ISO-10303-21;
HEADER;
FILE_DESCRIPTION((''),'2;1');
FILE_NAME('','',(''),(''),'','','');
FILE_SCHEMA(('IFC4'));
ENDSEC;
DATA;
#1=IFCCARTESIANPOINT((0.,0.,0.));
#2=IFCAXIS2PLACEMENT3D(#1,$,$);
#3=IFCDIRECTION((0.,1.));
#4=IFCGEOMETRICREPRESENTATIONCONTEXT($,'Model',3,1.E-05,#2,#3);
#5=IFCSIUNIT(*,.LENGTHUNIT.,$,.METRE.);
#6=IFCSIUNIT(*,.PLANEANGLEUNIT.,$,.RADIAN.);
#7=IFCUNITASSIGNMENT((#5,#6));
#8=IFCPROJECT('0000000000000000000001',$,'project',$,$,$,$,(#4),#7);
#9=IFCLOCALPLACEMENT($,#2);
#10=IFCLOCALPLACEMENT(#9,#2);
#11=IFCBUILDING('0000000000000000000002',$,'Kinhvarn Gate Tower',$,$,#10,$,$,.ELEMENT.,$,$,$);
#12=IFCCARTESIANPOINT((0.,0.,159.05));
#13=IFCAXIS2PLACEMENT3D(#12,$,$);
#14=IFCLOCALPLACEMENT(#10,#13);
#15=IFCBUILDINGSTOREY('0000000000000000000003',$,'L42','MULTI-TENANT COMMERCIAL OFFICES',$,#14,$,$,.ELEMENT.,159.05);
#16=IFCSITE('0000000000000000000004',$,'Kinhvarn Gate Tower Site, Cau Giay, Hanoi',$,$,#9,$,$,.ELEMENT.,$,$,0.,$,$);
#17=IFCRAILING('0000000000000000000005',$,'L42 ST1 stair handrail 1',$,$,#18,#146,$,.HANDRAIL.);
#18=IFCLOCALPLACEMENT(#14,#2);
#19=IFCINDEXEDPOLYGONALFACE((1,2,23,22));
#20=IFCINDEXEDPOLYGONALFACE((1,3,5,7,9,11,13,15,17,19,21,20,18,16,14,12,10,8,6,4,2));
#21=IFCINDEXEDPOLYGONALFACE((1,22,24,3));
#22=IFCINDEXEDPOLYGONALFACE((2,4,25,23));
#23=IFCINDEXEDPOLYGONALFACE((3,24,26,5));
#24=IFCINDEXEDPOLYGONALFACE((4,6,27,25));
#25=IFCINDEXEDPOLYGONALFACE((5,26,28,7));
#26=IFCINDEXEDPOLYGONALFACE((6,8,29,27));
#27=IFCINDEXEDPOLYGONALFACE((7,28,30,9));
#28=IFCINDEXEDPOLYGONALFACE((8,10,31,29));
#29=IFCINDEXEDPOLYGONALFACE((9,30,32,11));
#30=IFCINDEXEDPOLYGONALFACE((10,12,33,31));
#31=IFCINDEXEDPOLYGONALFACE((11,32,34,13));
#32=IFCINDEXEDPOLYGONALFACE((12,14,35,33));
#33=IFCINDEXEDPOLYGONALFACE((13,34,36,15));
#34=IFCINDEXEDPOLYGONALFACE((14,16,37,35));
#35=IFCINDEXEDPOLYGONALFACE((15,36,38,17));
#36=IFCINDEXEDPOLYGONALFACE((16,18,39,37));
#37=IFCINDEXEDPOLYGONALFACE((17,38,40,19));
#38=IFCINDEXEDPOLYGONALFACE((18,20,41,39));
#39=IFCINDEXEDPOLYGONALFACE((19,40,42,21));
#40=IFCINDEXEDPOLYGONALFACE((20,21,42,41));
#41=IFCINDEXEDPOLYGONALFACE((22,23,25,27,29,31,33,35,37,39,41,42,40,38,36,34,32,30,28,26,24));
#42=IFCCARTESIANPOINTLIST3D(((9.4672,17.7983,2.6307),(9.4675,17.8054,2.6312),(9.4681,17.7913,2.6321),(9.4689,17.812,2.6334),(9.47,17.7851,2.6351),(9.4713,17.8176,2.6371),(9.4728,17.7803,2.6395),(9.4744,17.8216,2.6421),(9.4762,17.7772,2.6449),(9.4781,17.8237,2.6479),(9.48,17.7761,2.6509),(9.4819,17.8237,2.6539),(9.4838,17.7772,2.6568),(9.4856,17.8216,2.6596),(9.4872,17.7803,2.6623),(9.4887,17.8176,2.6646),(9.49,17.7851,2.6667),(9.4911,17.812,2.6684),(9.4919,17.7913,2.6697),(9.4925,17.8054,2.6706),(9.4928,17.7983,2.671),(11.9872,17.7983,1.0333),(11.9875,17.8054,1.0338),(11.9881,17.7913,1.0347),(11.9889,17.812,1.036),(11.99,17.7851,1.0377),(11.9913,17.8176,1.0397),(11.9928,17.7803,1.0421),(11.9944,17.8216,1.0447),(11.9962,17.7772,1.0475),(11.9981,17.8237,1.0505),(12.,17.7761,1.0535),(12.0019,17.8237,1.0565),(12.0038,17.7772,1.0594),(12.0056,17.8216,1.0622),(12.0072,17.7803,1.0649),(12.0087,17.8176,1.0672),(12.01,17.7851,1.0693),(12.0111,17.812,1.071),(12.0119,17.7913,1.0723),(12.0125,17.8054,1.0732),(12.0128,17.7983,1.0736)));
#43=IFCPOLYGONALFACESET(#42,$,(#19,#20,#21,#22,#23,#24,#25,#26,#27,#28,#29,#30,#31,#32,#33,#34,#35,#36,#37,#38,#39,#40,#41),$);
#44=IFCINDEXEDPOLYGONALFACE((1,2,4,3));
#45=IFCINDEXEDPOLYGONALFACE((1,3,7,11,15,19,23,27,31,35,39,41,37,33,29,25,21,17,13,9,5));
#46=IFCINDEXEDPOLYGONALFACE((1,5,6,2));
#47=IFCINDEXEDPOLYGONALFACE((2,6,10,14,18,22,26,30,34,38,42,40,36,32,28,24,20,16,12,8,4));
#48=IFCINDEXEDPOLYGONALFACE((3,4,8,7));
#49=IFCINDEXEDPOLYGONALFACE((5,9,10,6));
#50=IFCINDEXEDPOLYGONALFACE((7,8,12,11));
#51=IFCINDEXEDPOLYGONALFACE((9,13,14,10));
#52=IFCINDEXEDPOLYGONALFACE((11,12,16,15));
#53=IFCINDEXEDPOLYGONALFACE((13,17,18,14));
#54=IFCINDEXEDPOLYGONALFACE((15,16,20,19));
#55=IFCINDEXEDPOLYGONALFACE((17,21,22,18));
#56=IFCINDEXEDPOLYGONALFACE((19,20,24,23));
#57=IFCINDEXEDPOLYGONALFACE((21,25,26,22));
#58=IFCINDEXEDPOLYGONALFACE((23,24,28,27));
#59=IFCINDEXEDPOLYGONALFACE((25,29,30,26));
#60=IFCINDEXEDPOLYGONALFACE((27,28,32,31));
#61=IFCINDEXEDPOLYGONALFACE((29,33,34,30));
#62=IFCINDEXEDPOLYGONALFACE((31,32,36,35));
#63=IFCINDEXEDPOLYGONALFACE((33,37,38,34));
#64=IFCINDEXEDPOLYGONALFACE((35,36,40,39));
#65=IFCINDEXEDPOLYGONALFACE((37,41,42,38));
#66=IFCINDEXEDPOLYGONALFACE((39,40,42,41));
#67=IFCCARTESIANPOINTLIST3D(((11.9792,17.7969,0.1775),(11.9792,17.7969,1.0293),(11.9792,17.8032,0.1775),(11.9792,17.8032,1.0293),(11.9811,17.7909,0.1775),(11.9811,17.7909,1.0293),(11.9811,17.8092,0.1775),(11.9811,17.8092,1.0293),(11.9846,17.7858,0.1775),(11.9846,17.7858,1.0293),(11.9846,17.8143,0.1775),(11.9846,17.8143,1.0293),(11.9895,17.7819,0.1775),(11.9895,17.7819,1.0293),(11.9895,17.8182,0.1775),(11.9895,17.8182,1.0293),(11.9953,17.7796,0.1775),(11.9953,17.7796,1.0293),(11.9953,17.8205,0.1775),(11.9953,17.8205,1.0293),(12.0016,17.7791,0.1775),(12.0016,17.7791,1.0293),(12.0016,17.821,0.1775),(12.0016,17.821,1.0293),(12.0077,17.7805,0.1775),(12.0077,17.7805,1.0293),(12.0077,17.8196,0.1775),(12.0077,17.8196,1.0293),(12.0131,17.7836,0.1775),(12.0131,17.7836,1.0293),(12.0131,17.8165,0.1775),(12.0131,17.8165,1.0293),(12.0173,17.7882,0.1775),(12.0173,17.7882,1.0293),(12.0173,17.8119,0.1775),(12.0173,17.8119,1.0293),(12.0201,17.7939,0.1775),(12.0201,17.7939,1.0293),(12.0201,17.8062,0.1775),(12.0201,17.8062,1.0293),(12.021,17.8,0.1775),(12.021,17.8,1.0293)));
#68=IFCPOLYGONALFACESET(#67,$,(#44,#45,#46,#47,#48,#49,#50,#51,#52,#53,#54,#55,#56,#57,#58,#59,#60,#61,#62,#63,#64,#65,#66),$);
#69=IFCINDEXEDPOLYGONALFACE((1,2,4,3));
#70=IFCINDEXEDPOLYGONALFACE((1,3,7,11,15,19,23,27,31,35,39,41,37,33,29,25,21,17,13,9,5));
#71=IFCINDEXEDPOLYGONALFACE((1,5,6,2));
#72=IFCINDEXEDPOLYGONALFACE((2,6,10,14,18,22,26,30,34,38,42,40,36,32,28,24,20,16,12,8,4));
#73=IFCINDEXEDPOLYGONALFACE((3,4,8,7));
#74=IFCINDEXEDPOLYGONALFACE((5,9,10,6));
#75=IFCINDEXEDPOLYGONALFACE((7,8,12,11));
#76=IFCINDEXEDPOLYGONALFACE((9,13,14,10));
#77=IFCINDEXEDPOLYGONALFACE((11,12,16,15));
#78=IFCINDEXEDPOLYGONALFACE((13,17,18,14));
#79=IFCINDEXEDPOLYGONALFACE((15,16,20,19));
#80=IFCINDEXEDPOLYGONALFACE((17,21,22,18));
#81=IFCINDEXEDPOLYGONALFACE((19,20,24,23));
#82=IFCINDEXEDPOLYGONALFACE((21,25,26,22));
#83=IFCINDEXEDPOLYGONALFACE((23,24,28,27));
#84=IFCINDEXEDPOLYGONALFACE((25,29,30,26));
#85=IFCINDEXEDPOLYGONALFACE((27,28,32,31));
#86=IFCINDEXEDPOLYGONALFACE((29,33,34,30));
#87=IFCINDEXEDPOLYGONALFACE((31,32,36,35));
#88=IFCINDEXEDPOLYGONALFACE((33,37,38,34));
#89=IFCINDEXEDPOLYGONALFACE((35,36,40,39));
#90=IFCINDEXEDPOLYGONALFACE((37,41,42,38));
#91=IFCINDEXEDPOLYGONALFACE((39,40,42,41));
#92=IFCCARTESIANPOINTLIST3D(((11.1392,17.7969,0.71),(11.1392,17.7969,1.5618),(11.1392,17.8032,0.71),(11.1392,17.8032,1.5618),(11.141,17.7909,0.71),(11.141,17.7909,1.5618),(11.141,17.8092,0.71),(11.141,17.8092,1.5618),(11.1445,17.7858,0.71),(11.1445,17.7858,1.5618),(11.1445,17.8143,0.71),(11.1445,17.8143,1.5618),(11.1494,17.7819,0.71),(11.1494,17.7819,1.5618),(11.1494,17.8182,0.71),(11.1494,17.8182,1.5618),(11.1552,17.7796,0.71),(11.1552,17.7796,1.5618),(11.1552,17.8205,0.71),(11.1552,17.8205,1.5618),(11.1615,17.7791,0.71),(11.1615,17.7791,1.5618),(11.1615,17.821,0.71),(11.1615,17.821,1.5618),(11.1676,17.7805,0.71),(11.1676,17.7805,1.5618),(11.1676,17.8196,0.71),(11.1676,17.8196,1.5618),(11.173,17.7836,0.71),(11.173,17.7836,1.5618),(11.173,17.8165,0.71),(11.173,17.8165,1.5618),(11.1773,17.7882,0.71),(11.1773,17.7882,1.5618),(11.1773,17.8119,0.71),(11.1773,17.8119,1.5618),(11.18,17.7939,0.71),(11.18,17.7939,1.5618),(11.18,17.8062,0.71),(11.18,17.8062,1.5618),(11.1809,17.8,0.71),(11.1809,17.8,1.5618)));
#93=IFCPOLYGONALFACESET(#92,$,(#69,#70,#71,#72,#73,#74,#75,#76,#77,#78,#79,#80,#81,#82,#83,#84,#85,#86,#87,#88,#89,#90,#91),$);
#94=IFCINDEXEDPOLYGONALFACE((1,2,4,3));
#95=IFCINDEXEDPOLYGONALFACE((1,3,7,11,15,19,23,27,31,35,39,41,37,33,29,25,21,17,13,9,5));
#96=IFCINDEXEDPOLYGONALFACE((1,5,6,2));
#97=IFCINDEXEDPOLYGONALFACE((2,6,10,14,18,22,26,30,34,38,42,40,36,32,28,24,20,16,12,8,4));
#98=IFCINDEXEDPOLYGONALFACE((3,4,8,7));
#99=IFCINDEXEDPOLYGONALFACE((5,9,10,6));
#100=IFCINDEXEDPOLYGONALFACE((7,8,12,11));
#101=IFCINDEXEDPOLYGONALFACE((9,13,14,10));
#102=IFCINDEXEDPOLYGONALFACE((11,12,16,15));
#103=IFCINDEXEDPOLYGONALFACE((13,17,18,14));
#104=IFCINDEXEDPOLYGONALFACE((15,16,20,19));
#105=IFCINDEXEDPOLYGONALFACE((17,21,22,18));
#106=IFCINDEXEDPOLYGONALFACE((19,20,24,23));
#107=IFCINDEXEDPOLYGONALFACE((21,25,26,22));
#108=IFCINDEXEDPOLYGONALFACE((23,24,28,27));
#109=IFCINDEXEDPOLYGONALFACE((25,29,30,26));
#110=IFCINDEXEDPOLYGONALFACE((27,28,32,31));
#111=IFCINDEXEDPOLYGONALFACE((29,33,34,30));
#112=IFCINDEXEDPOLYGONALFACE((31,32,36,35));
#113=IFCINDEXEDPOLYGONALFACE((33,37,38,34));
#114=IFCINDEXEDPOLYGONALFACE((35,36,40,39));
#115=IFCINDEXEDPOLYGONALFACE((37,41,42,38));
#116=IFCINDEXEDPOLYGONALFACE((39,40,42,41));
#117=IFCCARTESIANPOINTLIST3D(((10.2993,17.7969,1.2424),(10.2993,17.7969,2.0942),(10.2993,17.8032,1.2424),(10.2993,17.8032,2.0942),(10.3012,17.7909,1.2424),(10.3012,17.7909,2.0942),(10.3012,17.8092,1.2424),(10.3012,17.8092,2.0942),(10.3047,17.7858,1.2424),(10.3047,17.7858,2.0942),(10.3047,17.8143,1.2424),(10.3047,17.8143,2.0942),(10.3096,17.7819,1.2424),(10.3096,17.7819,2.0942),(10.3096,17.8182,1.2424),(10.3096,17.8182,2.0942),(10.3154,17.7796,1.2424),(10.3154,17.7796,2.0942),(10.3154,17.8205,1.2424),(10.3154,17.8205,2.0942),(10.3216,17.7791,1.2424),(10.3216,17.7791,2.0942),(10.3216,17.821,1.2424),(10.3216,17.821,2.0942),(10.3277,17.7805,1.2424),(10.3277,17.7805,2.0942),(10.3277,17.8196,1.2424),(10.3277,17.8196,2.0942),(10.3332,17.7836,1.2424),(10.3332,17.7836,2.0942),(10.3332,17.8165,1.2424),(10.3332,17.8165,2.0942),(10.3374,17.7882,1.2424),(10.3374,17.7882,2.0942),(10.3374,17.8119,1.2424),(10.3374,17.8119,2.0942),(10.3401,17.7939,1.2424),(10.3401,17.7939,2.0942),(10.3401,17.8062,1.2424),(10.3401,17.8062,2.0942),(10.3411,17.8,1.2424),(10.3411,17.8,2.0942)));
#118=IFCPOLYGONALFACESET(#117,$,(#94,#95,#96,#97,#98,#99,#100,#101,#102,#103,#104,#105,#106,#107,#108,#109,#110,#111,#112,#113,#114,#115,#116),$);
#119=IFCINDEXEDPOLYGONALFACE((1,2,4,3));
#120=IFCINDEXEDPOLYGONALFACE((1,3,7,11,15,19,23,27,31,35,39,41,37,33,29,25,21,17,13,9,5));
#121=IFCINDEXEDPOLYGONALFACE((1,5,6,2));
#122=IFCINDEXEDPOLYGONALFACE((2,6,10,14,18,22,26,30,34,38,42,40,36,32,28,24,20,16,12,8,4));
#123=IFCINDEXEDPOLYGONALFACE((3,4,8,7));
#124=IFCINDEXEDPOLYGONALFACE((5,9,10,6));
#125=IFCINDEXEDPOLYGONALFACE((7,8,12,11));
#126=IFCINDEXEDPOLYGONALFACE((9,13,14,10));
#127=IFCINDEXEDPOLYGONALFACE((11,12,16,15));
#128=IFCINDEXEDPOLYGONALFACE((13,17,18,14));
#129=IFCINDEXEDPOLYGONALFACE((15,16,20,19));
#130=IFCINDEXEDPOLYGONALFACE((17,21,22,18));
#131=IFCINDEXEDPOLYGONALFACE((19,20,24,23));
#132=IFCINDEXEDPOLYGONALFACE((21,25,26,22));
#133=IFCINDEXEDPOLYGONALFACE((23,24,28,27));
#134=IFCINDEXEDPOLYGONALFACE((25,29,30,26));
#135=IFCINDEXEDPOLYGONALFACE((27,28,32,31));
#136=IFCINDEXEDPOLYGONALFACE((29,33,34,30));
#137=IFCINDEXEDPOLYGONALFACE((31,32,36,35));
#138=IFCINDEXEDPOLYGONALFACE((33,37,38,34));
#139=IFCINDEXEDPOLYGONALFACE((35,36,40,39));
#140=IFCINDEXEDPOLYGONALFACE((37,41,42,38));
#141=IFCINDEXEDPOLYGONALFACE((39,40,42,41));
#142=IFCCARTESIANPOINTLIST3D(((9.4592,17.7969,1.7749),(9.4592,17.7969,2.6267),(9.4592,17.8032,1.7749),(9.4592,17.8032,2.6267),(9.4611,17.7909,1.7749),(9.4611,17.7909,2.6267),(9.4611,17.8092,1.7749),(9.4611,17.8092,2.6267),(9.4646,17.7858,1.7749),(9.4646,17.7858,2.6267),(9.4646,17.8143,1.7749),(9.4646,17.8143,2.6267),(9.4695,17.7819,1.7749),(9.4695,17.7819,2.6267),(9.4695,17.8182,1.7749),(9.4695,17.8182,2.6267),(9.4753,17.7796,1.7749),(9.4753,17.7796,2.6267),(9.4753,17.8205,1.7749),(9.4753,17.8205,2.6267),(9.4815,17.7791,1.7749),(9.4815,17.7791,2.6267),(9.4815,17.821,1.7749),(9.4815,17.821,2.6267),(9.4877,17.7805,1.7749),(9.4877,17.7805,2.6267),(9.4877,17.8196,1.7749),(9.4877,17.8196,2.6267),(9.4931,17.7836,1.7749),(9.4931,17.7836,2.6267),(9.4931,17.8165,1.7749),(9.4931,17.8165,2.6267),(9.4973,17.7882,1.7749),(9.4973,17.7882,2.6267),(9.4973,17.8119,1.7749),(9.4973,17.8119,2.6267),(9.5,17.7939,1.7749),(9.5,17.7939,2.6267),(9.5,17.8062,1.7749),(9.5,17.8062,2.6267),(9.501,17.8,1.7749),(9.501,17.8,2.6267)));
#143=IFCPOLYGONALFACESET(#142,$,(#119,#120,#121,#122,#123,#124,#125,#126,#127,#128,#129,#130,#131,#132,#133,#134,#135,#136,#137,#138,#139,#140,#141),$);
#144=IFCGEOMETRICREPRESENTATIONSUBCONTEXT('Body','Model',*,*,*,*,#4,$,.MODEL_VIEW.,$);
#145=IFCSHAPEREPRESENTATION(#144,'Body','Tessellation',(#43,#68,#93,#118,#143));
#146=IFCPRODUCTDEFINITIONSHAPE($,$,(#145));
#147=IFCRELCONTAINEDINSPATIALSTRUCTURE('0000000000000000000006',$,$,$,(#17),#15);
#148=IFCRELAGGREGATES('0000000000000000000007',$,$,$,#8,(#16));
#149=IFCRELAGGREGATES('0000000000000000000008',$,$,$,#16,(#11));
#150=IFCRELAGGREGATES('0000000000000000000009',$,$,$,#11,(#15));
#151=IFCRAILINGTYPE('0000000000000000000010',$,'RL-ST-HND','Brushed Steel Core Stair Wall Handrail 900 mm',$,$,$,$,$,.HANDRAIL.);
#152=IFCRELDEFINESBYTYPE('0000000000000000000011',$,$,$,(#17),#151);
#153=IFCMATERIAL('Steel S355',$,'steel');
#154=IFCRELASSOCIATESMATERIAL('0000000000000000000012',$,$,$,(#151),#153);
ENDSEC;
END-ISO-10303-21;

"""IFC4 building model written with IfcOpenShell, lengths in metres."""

from ifc_helpers import new_model, si_unit, direction, frame, origin, origin_2d, place, context, subcontext, project, spatial, circle, extrude, material, type_object, element, save


model = new_model("IFC4")

# Units and contexts
model_context = context("Model", 3, precision=1e-05, world=origin(), true_north=direction((0.0, 1.0)))
body_context = subcontext(model_context, "Body", "Model", "MODEL_VIEW")
ifc_project = project(units=[si_unit("LENGTHUNIT", "METRE"), si_unit("PLANEANGLEUNIT", "RADIAN")], contexts=[model_context])

# Site, building, storey
site_placement = place(None, origin())
site = spatial("IfcSite", under=ifc_project, at=site_placement, Name="Kinhvarn Gate Tower Site, Cau Giay, Hanoi", CompositionType="ELEMENT", RefElevation=0.0)
building_placement = place(site_placement, origin())
building = spatial("IfcBuilding", under=site, at=building_placement, Name="Kinhvarn Gate Tower", CompositionType="ELEMENT")
storey_placement = place(building_placement, frame((0.0, 0.0, 159.05)))
storey = spatial("IfcBuildingStorey", under=building, at=storey_placement, Name="L42", Description="MULTI-TENANT COMMERCIAL OFFICES", CompositionType="ELEMENT", Elevation=159.05)

# Shared definitions
ifc_material_1 = material(Name="Steel S355", Category="steel")

# Railing
railing_type_1 = type_object("IfcRailingType", Name="RL-ST-HND", Description="Brushed Steel Core Stair Wall Handrail 900 mm", PredefinedType="HANDRAIL", material=ifc_material_1)
railing_1_placement = place(storey_placement, frame((12.0, 17.8, 0.1775)))
element("IfcRailing", 1, at=railing_1_placement, inside=storey, type_object=railing_type_1, Name="L42 ST1 stair handrail 1", PredefinedType="HANDRAIL", context=body_context, shape_type="SweptSolid", body=[
    extrude(circle(Radius=0.0239, at=origin_2d()), frame((0.0, 0.0, 0.876), z_axis=(-0.844607, 0.0, 0.535387), x_axis=(0.0, -1.0, 0.0)), (0.0, 0.0, 1.0), 2.9836),
    extrude(circle(Radius=0.021, at=origin_2d()), origin(), (0.0, 0.0, 1.0), 0.8518),
    extrude(circle(Radius=0.021, at=origin_2d()), frame((-0.8401, 0.0, 0.5325)), (0.0, 0.0, 1.0), 0.8518),
    extrude(circle(Radius=0.021, at=origin_2d()), frame((-1.6799, 0.0, 1.0649)), (0.0, 0.0, 1.0), 0.8518),
    extrude(circle(Radius=0.021, at=origin_2d()), frame((-2.52, 0.0, 1.5974)), (0.0, 0.0, 1.0), 0.8518),
])

save(model, "model.ifc")
